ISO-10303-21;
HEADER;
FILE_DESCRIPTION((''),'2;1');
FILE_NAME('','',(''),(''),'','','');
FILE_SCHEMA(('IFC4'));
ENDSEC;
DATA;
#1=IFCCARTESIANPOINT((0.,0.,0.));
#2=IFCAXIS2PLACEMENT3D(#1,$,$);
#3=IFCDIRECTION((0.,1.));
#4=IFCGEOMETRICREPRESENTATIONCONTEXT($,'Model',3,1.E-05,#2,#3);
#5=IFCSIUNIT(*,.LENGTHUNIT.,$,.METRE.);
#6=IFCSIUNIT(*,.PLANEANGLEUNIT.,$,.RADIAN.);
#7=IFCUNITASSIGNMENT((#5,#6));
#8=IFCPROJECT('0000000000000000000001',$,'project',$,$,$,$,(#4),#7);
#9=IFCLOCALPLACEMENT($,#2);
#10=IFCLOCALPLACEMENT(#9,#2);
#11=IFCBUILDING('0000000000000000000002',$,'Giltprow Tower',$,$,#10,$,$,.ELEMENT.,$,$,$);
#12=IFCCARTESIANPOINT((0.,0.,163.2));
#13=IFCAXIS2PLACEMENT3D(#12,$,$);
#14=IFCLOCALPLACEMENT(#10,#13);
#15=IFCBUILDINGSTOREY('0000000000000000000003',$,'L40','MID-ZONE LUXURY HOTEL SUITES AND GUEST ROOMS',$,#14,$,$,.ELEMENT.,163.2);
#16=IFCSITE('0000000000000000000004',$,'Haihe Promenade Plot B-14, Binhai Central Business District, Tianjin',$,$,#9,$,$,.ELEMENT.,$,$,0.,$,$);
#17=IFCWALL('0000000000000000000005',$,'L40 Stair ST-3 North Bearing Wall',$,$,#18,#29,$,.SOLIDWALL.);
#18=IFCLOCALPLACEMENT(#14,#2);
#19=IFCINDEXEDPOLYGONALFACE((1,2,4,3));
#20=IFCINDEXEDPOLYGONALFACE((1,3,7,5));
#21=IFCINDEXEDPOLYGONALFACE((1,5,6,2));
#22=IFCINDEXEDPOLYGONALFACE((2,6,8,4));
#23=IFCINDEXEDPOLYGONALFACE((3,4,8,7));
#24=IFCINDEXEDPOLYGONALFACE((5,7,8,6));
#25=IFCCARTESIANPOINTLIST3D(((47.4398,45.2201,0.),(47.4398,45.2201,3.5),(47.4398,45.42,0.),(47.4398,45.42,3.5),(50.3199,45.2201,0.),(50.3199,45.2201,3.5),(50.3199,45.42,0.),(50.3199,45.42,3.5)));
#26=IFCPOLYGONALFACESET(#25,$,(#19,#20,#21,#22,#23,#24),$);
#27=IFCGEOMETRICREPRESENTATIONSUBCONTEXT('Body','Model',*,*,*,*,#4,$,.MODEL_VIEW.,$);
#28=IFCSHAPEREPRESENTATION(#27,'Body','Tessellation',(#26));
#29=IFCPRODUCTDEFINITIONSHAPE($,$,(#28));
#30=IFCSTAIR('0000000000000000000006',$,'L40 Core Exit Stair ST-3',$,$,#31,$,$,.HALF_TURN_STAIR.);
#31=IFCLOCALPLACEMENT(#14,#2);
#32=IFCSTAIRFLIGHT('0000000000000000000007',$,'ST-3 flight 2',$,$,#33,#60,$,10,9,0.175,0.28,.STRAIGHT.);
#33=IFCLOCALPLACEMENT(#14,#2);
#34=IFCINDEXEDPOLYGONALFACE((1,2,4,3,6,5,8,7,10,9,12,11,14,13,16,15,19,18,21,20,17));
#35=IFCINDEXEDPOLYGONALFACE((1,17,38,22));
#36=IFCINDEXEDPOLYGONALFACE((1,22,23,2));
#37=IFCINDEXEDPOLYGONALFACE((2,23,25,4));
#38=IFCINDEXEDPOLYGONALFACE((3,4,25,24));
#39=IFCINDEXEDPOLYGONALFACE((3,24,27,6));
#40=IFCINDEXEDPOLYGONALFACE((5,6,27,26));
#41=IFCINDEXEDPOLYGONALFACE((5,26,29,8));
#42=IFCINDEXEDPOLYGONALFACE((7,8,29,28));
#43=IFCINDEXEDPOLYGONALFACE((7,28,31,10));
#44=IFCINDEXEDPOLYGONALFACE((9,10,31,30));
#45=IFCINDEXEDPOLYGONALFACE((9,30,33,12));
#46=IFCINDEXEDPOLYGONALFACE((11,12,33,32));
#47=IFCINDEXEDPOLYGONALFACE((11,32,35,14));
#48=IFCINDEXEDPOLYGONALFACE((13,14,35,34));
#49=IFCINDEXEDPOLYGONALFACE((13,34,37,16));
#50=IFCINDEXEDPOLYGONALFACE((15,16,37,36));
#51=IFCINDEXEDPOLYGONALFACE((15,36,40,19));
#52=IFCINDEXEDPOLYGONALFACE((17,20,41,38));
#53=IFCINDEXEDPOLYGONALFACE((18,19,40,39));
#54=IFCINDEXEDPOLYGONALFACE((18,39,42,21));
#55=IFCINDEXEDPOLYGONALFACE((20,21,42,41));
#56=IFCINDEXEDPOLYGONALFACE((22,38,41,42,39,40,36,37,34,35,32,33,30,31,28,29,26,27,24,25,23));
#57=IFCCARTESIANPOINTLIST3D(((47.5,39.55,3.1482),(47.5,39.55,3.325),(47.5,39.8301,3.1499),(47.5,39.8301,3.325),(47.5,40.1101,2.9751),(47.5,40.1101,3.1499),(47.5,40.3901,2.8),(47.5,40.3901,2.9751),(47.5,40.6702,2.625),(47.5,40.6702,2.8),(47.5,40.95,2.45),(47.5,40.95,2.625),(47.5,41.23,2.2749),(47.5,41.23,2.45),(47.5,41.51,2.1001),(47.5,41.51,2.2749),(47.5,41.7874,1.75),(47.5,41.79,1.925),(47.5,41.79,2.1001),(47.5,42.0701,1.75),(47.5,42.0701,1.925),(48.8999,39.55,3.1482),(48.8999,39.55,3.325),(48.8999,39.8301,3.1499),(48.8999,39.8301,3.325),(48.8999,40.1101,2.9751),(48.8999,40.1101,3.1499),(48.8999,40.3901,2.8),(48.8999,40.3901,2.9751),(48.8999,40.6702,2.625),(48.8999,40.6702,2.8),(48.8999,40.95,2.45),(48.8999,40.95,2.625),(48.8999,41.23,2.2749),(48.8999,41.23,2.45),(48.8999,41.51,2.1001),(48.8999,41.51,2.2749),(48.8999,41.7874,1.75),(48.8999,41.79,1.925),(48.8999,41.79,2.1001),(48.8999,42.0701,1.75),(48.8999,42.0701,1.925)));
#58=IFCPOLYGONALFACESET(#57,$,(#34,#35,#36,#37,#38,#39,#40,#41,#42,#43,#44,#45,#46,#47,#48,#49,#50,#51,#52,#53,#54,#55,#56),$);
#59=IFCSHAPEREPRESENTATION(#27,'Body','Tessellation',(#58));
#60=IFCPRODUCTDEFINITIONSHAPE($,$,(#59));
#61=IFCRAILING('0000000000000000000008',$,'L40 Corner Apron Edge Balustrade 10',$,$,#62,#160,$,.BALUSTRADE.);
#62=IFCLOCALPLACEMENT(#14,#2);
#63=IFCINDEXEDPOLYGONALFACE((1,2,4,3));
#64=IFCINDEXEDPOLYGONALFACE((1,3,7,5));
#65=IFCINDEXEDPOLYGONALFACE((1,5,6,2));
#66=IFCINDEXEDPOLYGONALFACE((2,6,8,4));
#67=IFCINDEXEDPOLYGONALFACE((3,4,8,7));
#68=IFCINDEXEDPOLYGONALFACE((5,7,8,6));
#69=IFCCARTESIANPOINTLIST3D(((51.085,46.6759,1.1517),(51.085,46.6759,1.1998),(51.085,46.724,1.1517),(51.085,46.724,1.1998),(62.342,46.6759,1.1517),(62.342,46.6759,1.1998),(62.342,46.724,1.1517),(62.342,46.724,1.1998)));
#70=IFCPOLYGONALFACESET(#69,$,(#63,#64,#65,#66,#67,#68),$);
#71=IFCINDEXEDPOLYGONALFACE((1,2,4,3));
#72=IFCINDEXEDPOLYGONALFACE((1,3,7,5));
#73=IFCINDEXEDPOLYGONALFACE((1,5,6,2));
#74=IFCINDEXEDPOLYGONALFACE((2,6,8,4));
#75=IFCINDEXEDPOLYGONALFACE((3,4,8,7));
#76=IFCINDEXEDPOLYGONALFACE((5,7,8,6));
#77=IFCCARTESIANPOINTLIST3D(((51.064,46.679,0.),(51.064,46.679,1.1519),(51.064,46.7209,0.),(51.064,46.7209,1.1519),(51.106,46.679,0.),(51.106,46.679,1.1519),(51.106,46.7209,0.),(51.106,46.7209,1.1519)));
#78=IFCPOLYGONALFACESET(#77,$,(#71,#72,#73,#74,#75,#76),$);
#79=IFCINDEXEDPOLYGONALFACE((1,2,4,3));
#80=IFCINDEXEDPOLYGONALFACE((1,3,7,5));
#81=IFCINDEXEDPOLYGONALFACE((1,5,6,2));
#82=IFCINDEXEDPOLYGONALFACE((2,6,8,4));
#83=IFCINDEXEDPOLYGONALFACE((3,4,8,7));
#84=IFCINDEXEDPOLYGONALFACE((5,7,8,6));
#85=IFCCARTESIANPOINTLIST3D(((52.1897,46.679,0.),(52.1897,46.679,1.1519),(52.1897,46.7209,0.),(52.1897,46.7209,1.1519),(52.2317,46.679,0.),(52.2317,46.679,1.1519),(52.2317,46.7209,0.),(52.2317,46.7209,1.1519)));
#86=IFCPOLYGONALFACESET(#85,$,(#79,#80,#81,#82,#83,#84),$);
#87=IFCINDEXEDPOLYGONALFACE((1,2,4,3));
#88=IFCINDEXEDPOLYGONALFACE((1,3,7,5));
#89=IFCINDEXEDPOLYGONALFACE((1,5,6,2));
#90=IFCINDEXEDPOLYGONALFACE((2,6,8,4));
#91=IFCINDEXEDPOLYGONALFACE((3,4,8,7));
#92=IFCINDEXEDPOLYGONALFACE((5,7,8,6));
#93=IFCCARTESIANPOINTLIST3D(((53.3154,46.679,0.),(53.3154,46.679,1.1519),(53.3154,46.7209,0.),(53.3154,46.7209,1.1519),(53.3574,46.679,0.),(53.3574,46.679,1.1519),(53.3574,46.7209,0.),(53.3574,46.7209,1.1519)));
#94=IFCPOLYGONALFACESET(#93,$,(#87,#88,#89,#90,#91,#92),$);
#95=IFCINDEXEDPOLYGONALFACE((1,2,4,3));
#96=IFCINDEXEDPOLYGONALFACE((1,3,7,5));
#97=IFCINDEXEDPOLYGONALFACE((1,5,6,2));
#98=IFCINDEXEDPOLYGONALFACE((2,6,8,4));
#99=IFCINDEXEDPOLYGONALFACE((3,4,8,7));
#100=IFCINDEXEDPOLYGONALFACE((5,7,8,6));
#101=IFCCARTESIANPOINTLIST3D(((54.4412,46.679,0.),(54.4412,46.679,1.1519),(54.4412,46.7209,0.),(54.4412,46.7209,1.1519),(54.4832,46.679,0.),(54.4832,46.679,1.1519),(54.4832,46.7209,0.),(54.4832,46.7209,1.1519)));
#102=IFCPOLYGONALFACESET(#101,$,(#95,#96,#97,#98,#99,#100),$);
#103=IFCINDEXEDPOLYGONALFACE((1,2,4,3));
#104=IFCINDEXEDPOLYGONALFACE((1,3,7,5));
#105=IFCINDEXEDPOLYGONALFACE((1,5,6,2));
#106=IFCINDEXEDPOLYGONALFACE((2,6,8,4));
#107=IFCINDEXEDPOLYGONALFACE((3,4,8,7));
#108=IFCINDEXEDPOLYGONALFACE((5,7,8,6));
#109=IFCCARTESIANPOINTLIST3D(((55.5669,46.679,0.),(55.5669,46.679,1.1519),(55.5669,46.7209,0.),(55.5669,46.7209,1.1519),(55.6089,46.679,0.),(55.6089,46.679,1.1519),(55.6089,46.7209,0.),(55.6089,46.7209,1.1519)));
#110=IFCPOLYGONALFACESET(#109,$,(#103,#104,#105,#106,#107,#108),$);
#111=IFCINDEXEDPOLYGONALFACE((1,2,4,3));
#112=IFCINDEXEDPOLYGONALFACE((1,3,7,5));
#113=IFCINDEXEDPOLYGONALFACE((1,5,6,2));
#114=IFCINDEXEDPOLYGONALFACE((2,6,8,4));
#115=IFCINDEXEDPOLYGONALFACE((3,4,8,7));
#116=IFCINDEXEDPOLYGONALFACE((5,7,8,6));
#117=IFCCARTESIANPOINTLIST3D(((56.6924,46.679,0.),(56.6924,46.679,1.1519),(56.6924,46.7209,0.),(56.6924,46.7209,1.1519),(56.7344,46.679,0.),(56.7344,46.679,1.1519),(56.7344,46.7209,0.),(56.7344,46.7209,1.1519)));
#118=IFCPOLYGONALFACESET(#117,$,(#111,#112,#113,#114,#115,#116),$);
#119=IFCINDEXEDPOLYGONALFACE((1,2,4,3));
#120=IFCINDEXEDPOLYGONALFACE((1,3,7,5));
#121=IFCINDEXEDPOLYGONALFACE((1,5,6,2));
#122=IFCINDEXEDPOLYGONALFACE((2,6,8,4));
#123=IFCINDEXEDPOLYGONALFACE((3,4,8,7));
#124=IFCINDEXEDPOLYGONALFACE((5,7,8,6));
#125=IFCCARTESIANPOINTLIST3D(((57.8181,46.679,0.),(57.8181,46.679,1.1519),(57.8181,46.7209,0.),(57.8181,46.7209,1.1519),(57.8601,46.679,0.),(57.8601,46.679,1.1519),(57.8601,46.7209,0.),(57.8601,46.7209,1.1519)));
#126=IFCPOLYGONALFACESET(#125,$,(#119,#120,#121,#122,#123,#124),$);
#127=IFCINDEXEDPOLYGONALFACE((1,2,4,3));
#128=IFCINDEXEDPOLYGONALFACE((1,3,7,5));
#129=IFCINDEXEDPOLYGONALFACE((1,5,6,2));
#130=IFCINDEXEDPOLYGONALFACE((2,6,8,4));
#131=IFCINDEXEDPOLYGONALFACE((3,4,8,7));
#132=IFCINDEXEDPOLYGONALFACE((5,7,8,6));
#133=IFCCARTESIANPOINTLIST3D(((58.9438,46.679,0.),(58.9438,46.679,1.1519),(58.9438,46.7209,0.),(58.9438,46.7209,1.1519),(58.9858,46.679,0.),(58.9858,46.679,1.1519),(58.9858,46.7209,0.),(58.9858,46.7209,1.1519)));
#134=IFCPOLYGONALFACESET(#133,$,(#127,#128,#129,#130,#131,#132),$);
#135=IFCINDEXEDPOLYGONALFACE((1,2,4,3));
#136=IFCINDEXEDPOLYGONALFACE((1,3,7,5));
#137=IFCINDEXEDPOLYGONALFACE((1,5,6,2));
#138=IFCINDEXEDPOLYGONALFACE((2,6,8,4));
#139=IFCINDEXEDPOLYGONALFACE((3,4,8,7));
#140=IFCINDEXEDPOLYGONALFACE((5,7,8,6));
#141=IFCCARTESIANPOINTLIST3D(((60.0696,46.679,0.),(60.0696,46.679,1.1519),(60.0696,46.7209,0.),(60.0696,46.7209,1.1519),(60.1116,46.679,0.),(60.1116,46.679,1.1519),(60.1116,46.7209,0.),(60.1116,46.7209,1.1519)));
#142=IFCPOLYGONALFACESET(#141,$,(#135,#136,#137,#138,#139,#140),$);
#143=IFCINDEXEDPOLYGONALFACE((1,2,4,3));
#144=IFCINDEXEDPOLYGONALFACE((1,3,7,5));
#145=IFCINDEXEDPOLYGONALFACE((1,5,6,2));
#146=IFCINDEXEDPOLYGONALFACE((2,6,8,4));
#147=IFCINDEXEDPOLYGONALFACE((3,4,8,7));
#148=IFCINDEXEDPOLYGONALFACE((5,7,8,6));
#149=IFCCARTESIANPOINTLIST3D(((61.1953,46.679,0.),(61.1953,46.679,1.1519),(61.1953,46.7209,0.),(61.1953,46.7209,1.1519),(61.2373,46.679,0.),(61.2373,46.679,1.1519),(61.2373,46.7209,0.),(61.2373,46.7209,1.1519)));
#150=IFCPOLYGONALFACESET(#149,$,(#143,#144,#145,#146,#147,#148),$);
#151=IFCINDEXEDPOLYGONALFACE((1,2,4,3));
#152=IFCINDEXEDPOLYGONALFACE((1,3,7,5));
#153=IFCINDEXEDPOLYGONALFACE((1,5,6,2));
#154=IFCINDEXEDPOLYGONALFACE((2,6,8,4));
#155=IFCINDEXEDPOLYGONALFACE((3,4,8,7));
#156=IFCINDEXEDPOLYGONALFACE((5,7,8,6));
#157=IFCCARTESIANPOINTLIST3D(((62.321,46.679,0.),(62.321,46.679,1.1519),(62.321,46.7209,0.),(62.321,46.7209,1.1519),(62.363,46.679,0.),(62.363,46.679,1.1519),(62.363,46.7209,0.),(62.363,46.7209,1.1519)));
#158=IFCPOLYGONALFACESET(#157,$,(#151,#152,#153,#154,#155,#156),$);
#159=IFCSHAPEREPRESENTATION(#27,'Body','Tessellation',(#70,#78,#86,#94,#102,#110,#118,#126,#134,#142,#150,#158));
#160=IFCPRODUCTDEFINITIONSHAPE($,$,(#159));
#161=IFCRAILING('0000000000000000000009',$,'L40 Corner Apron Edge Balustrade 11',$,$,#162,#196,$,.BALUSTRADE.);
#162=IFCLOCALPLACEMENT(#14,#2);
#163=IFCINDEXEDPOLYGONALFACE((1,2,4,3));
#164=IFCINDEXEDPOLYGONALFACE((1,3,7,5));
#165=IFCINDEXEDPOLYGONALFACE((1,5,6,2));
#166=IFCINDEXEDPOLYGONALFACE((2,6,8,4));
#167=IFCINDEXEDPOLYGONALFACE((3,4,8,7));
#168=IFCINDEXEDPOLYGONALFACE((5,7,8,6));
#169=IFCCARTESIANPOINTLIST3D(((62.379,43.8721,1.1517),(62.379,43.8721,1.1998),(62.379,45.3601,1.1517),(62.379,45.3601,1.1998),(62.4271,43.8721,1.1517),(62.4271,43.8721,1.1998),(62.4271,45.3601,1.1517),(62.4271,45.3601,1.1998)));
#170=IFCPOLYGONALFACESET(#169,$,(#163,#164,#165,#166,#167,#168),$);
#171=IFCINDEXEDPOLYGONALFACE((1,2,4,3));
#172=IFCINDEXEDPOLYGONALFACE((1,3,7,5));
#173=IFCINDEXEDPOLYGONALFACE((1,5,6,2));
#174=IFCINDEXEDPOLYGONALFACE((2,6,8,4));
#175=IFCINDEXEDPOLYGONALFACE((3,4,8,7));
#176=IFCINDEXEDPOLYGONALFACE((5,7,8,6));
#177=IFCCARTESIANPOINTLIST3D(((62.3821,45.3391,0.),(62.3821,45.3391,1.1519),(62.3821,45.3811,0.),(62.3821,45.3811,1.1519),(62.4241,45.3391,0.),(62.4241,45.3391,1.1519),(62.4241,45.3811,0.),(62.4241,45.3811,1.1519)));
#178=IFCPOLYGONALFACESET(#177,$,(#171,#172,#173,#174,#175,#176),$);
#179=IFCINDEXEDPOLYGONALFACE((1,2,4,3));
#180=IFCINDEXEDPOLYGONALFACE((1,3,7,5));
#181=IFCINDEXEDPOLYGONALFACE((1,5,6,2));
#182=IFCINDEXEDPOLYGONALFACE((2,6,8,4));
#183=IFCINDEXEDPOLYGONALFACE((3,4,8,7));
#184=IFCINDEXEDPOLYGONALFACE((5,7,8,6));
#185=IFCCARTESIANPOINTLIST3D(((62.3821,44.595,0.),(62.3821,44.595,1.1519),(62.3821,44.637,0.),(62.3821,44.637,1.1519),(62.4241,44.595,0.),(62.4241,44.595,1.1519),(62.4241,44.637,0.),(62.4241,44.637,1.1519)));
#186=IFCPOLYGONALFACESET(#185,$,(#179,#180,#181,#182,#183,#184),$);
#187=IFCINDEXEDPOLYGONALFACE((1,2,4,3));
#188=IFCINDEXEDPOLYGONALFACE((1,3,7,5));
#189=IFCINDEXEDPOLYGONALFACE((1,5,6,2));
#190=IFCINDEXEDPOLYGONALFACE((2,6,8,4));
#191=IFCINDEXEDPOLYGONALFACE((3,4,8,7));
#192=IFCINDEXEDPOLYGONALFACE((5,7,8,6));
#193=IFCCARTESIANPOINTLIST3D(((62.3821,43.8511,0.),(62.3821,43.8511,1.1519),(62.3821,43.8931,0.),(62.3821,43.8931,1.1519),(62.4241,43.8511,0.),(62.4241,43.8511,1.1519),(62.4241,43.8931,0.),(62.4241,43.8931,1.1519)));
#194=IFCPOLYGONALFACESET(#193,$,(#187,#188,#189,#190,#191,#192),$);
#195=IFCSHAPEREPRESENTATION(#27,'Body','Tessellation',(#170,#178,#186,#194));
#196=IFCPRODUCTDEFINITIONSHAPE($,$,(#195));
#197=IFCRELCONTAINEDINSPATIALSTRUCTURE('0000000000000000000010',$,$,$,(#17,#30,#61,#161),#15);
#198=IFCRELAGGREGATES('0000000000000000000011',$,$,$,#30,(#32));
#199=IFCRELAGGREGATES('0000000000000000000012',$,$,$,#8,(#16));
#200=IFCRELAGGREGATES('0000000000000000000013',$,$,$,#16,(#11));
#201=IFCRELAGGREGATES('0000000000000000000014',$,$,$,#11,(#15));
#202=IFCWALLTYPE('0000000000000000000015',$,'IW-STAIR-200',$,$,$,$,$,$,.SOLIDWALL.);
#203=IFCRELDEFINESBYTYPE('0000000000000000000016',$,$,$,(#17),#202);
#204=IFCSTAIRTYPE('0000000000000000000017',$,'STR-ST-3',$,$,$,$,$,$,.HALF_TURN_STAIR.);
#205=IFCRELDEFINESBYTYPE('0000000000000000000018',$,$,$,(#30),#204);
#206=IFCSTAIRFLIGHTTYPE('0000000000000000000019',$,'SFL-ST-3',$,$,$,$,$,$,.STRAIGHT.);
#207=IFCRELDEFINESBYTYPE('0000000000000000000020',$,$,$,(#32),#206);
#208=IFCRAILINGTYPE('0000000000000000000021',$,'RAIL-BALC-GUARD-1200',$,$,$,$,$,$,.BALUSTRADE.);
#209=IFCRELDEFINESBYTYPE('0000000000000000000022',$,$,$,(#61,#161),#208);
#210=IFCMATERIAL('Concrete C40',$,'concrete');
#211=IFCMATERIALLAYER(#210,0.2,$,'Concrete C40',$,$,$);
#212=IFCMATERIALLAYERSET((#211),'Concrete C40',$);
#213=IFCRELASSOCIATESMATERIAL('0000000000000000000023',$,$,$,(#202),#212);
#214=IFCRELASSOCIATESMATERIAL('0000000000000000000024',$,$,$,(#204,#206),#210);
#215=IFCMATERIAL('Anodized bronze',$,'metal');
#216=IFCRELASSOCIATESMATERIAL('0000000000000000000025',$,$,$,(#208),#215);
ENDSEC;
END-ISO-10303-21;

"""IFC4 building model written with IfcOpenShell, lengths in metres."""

from ifc_helpers import new_model, si_unit, direction, frame, frame_2d, origin, origin_2d, place, context, subcontext, project, spatial, polyline, rectangle, outline, extrude, material, layer, layer_set, type_object, element, aggregate, save


model = new_model("IFC4")

# Units and contexts
model_context = context("Model", 3, precision=1e-05, world=origin(), true_north=direction((0.0, 1.0)))
body_context = subcontext(model_context, "Body", "Model", "MODEL_VIEW")
ifc_project = project(units=[si_unit("LENGTHUNIT", "METRE"), si_unit("PLANEANGLEUNIT", "RADIAN")], contexts=[model_context])

# Site, building, storey
site_placement = place(None, origin())
site = spatial("IfcSite", under=ifc_project, at=site_placement, Name="Haihe Promenade Plot B-14, Binhai Central Business District, Tianjin", CompositionType="ELEMENT", RefElevation=0.0)
building_placement = place(site_placement, origin())
building = spatial("IfcBuilding", under=site, at=building_placement, Name="Giltprow Tower", CompositionType="ELEMENT")
storey_placement = place(building_placement, frame((0.0, 0.0, 163.2)))
storey = spatial("IfcBuildingStorey", under=building, at=storey_placement, Name="L40", Description="MID-ZONE LUXURY HOTEL SUITES AND GUEST ROOMS", CompositionType="ELEMENT", Elevation=163.2)

# Wall
ifc_material_1 = material(Name="Concrete C40", Category="concrete")
ifc_layer_1 = layer(ifc_material_1, 0.2, Name="Concrete C40")
ifc_layer_set_1 = layer_set([ifc_layer_1], Name="Concrete C40")
wall_type_1 = type_object("IfcWallType", Name="IW-STAIR-200", PredefinedType="SOLIDWALL", material=ifc_layer_set_1)
wall_1_placement = place(storey_placement, frame((47.4399, 45.3201, 0.0), z_axis=(0.0, 0.0, 1.0), x_axis=(1.0, 0.0, 0.0)))
element("IfcWall", 1, at=wall_1_placement, inside=storey, type_object=wall_type_1, Name="L40 Stair ST-3 North Bearing Wall", PredefinedType="SOLIDWALL", context=body_context, shape_type="SweptSolid", body=[
    extrude(rectangle(XDim=2.8801, YDim=0.2, at=frame_2d((1.4399, 0.0))), origin(), (0.0, 0.0, 1.0), 3.5),
])

# Stair, stair flight
stair_type = type_object("IfcStairType", Name="STR-ST-3", PredefinedType="HALF_TURN_STAIR", material=ifc_material_1)
stair_placement = place(storey_placement, origin())
stair = element("IfcStair", 2, at=stair_placement, inside=storey, type_object=stair_type, Name="L40 Core Exit Stair ST-3", PredefinedType="HALF_TURN_STAIR")
stair_flight_type = type_object("IfcStairFlightType", Name="SFL-ST-3", PredefinedType="STRAIGHT", material=ifc_material_1)
stair_flight_placement = place(storey_placement, frame((48.2, 42.0701, 1.75), z_axis=(0.0, 0.0, 1.0), x_axis=(0.0, -1.0, 0.0)))
stair_flight = element("IfcStairFlight", 3, at=stair_flight_placement, type_object=stair_flight_type, Name="ST-3 flight 2", NumberOfRisers=10, NumberOfTreads=9, PredefinedType="STRAIGHT", RiserHeight=0.175, TreadLength=0.28, context=body_context, shape_type="SweptSolid", body=[
    extrude(outline(polyline([(0.0, 0.0), (0.0, 0.175), (0.28, 0.175), (0.28, 0.3501), (0.5601, 0.3501), (0.5601, 0.5249), (0.8401, 0.5249), (0.8401, 0.7), (1.1201, 0.7), (1.1201, 0.875), (1.3999, 0.875), (1.3999, 1.05), (1.6799, 1.05), (1.6799, 1.2251), (1.96, 1.2251), (1.96, 1.3999), (2.24, 1.3999), (2.24, 1.575), (2.52, 1.575), (2.52, 1.75), (2.52, 1.3982), (0.2827, 0.0), (0.0, 0.0)])), frame((0.0, 0.7, 0.0), z_axis=(0.0, -1.0, 0.0), x_axis=(1.0, 0.0, 0.0)), (0.0, 0.0, 1.0), 1.3999),
])
aggregate(stair, [stair_flight])

# Railings
ifc_material_2 = material(Name="Anodized bronze", Category="metal")
railing_type_1 = type_object("IfcRailingType", Name="RAIL-BALC-GUARD-1200", PredefinedType="BALUSTRADE", material=ifc_material_2)
railing_1_placement = place(storey_placement, frame((51.085, 46.7, 0.0)))
element("IfcRailing", 4, at=railing_1_placement, inside=storey, type_object=railing_type_1, Name="L40 Corner Apron Edge Balustrade 10", PredefinedType="BALUSTRADE", context=body_context, shape_type="SweptSolid", body=[
    extrude(rectangle(XDim=0.0481, YDim=0.0481, at=origin_2d()), frame((0.0, 0.0, 1.1758), z_axis=(1.0, 0.0, 0.0), x_axis=(0.0, 1.0, 0.0)), (0.0, 0.0, 1.0), 11.2571),
    extrude(rectangle(XDim=0.042, YDim=0.042, at=origin_2d()), origin(), (0.0, 0.0, 1.0), 1.1519),
    extrude(rectangle(XDim=0.042, YDim=0.042, at=origin_2d()), frame((1.1257, 0.0, 0.0)), (0.0, 0.0, 1.0), 1.1519),
    extrude(rectangle(XDim=0.042, YDim=0.042, at=origin_2d()), frame((2.2515, 0.0, 0.0)), (0.0, 0.0, 1.0), 1.1519),
    extrude(rectangle(XDim=0.042, YDim=0.042, at=origin_2d()), frame((3.3772, 0.0, 0.0)), (0.0, 0.0, 1.0), 1.1519),
    extrude(rectangle(XDim=0.042, YDim=0.042, at=origin_2d()), frame((4.5029, 0.0, 0.0)), (0.0, 0.0, 1.0), 1.1519),
    extrude(rectangle(XDim=0.042, YDim=0.042, at=origin_2d()), frame((5.6284, 0.0, 0.0)), (0.0, 0.0, 1.0), 1.1519),
    extrude(rectangle(XDim=0.042, YDim=0.042, at=origin_2d()), frame((6.7542, 0.0, 0.0)), (0.0, 0.0, 1.0), 1.1519),
    extrude(rectangle(XDim=0.042, YDim=0.042, at=origin_2d()), frame((7.8799, 0.0, 0.0)), (0.0, 0.0, 1.0), 1.1519),
    extrude(rectangle(XDim=0.042, YDim=0.042, at=origin_2d()), frame((9.0056, 0.0, 0.0)), (0.0, 0.0, 1.0), 1.1519),
    extrude(rectangle(XDim=0.042, YDim=0.042, at=origin_2d()), frame((10.1313, 0.0, 0.0)), (0.0, 0.0, 1.0), 1.1519),
    extrude(rectangle(XDim=0.042, YDim=0.042, at=origin_2d()), frame((11.2571, 0.0, 0.0)), (0.0, 0.0, 1.0), 1.1519),
])
railing_2_placement = place(storey_placement, frame((62.4031, 45.3601, 0.0)))
element("IfcRailing", 5, at=railing_2_placement, inside=storey, type_object=railing_type_1, Name="L40 Corner Apron Edge Balustrade 11", PredefinedType="BALUSTRADE", context=body_context, shape_type="SweptSolid", body=[
    extrude(rectangle(XDim=0.0481, YDim=0.0481, at=origin_2d()), frame((0.0, 0.0, 1.1758), z_axis=(0.0, -1.0, 0.0), x_axis=(1.0, 0.0, 0.0)), (0.0, 0.0, 1.0), 1.488),
    extrude(rectangle(XDim=0.042, YDim=0.042, at=origin_2d()), origin(), (0.0, 0.0, 1.0), 1.1519),
    extrude(rectangle(XDim=0.042, YDim=0.042, at=origin_2d()), frame((0.0, -0.7441, 0.0)), (0.0, 0.0, 1.0), 1.1519),
    extrude(rectangle(XDim=0.042, YDim=0.042, at=origin_2d()), frame((0.0, -1.488, 0.0)), (0.0, 0.0, 1.0), 1.1519),
])

save(model, "model.ifc")
